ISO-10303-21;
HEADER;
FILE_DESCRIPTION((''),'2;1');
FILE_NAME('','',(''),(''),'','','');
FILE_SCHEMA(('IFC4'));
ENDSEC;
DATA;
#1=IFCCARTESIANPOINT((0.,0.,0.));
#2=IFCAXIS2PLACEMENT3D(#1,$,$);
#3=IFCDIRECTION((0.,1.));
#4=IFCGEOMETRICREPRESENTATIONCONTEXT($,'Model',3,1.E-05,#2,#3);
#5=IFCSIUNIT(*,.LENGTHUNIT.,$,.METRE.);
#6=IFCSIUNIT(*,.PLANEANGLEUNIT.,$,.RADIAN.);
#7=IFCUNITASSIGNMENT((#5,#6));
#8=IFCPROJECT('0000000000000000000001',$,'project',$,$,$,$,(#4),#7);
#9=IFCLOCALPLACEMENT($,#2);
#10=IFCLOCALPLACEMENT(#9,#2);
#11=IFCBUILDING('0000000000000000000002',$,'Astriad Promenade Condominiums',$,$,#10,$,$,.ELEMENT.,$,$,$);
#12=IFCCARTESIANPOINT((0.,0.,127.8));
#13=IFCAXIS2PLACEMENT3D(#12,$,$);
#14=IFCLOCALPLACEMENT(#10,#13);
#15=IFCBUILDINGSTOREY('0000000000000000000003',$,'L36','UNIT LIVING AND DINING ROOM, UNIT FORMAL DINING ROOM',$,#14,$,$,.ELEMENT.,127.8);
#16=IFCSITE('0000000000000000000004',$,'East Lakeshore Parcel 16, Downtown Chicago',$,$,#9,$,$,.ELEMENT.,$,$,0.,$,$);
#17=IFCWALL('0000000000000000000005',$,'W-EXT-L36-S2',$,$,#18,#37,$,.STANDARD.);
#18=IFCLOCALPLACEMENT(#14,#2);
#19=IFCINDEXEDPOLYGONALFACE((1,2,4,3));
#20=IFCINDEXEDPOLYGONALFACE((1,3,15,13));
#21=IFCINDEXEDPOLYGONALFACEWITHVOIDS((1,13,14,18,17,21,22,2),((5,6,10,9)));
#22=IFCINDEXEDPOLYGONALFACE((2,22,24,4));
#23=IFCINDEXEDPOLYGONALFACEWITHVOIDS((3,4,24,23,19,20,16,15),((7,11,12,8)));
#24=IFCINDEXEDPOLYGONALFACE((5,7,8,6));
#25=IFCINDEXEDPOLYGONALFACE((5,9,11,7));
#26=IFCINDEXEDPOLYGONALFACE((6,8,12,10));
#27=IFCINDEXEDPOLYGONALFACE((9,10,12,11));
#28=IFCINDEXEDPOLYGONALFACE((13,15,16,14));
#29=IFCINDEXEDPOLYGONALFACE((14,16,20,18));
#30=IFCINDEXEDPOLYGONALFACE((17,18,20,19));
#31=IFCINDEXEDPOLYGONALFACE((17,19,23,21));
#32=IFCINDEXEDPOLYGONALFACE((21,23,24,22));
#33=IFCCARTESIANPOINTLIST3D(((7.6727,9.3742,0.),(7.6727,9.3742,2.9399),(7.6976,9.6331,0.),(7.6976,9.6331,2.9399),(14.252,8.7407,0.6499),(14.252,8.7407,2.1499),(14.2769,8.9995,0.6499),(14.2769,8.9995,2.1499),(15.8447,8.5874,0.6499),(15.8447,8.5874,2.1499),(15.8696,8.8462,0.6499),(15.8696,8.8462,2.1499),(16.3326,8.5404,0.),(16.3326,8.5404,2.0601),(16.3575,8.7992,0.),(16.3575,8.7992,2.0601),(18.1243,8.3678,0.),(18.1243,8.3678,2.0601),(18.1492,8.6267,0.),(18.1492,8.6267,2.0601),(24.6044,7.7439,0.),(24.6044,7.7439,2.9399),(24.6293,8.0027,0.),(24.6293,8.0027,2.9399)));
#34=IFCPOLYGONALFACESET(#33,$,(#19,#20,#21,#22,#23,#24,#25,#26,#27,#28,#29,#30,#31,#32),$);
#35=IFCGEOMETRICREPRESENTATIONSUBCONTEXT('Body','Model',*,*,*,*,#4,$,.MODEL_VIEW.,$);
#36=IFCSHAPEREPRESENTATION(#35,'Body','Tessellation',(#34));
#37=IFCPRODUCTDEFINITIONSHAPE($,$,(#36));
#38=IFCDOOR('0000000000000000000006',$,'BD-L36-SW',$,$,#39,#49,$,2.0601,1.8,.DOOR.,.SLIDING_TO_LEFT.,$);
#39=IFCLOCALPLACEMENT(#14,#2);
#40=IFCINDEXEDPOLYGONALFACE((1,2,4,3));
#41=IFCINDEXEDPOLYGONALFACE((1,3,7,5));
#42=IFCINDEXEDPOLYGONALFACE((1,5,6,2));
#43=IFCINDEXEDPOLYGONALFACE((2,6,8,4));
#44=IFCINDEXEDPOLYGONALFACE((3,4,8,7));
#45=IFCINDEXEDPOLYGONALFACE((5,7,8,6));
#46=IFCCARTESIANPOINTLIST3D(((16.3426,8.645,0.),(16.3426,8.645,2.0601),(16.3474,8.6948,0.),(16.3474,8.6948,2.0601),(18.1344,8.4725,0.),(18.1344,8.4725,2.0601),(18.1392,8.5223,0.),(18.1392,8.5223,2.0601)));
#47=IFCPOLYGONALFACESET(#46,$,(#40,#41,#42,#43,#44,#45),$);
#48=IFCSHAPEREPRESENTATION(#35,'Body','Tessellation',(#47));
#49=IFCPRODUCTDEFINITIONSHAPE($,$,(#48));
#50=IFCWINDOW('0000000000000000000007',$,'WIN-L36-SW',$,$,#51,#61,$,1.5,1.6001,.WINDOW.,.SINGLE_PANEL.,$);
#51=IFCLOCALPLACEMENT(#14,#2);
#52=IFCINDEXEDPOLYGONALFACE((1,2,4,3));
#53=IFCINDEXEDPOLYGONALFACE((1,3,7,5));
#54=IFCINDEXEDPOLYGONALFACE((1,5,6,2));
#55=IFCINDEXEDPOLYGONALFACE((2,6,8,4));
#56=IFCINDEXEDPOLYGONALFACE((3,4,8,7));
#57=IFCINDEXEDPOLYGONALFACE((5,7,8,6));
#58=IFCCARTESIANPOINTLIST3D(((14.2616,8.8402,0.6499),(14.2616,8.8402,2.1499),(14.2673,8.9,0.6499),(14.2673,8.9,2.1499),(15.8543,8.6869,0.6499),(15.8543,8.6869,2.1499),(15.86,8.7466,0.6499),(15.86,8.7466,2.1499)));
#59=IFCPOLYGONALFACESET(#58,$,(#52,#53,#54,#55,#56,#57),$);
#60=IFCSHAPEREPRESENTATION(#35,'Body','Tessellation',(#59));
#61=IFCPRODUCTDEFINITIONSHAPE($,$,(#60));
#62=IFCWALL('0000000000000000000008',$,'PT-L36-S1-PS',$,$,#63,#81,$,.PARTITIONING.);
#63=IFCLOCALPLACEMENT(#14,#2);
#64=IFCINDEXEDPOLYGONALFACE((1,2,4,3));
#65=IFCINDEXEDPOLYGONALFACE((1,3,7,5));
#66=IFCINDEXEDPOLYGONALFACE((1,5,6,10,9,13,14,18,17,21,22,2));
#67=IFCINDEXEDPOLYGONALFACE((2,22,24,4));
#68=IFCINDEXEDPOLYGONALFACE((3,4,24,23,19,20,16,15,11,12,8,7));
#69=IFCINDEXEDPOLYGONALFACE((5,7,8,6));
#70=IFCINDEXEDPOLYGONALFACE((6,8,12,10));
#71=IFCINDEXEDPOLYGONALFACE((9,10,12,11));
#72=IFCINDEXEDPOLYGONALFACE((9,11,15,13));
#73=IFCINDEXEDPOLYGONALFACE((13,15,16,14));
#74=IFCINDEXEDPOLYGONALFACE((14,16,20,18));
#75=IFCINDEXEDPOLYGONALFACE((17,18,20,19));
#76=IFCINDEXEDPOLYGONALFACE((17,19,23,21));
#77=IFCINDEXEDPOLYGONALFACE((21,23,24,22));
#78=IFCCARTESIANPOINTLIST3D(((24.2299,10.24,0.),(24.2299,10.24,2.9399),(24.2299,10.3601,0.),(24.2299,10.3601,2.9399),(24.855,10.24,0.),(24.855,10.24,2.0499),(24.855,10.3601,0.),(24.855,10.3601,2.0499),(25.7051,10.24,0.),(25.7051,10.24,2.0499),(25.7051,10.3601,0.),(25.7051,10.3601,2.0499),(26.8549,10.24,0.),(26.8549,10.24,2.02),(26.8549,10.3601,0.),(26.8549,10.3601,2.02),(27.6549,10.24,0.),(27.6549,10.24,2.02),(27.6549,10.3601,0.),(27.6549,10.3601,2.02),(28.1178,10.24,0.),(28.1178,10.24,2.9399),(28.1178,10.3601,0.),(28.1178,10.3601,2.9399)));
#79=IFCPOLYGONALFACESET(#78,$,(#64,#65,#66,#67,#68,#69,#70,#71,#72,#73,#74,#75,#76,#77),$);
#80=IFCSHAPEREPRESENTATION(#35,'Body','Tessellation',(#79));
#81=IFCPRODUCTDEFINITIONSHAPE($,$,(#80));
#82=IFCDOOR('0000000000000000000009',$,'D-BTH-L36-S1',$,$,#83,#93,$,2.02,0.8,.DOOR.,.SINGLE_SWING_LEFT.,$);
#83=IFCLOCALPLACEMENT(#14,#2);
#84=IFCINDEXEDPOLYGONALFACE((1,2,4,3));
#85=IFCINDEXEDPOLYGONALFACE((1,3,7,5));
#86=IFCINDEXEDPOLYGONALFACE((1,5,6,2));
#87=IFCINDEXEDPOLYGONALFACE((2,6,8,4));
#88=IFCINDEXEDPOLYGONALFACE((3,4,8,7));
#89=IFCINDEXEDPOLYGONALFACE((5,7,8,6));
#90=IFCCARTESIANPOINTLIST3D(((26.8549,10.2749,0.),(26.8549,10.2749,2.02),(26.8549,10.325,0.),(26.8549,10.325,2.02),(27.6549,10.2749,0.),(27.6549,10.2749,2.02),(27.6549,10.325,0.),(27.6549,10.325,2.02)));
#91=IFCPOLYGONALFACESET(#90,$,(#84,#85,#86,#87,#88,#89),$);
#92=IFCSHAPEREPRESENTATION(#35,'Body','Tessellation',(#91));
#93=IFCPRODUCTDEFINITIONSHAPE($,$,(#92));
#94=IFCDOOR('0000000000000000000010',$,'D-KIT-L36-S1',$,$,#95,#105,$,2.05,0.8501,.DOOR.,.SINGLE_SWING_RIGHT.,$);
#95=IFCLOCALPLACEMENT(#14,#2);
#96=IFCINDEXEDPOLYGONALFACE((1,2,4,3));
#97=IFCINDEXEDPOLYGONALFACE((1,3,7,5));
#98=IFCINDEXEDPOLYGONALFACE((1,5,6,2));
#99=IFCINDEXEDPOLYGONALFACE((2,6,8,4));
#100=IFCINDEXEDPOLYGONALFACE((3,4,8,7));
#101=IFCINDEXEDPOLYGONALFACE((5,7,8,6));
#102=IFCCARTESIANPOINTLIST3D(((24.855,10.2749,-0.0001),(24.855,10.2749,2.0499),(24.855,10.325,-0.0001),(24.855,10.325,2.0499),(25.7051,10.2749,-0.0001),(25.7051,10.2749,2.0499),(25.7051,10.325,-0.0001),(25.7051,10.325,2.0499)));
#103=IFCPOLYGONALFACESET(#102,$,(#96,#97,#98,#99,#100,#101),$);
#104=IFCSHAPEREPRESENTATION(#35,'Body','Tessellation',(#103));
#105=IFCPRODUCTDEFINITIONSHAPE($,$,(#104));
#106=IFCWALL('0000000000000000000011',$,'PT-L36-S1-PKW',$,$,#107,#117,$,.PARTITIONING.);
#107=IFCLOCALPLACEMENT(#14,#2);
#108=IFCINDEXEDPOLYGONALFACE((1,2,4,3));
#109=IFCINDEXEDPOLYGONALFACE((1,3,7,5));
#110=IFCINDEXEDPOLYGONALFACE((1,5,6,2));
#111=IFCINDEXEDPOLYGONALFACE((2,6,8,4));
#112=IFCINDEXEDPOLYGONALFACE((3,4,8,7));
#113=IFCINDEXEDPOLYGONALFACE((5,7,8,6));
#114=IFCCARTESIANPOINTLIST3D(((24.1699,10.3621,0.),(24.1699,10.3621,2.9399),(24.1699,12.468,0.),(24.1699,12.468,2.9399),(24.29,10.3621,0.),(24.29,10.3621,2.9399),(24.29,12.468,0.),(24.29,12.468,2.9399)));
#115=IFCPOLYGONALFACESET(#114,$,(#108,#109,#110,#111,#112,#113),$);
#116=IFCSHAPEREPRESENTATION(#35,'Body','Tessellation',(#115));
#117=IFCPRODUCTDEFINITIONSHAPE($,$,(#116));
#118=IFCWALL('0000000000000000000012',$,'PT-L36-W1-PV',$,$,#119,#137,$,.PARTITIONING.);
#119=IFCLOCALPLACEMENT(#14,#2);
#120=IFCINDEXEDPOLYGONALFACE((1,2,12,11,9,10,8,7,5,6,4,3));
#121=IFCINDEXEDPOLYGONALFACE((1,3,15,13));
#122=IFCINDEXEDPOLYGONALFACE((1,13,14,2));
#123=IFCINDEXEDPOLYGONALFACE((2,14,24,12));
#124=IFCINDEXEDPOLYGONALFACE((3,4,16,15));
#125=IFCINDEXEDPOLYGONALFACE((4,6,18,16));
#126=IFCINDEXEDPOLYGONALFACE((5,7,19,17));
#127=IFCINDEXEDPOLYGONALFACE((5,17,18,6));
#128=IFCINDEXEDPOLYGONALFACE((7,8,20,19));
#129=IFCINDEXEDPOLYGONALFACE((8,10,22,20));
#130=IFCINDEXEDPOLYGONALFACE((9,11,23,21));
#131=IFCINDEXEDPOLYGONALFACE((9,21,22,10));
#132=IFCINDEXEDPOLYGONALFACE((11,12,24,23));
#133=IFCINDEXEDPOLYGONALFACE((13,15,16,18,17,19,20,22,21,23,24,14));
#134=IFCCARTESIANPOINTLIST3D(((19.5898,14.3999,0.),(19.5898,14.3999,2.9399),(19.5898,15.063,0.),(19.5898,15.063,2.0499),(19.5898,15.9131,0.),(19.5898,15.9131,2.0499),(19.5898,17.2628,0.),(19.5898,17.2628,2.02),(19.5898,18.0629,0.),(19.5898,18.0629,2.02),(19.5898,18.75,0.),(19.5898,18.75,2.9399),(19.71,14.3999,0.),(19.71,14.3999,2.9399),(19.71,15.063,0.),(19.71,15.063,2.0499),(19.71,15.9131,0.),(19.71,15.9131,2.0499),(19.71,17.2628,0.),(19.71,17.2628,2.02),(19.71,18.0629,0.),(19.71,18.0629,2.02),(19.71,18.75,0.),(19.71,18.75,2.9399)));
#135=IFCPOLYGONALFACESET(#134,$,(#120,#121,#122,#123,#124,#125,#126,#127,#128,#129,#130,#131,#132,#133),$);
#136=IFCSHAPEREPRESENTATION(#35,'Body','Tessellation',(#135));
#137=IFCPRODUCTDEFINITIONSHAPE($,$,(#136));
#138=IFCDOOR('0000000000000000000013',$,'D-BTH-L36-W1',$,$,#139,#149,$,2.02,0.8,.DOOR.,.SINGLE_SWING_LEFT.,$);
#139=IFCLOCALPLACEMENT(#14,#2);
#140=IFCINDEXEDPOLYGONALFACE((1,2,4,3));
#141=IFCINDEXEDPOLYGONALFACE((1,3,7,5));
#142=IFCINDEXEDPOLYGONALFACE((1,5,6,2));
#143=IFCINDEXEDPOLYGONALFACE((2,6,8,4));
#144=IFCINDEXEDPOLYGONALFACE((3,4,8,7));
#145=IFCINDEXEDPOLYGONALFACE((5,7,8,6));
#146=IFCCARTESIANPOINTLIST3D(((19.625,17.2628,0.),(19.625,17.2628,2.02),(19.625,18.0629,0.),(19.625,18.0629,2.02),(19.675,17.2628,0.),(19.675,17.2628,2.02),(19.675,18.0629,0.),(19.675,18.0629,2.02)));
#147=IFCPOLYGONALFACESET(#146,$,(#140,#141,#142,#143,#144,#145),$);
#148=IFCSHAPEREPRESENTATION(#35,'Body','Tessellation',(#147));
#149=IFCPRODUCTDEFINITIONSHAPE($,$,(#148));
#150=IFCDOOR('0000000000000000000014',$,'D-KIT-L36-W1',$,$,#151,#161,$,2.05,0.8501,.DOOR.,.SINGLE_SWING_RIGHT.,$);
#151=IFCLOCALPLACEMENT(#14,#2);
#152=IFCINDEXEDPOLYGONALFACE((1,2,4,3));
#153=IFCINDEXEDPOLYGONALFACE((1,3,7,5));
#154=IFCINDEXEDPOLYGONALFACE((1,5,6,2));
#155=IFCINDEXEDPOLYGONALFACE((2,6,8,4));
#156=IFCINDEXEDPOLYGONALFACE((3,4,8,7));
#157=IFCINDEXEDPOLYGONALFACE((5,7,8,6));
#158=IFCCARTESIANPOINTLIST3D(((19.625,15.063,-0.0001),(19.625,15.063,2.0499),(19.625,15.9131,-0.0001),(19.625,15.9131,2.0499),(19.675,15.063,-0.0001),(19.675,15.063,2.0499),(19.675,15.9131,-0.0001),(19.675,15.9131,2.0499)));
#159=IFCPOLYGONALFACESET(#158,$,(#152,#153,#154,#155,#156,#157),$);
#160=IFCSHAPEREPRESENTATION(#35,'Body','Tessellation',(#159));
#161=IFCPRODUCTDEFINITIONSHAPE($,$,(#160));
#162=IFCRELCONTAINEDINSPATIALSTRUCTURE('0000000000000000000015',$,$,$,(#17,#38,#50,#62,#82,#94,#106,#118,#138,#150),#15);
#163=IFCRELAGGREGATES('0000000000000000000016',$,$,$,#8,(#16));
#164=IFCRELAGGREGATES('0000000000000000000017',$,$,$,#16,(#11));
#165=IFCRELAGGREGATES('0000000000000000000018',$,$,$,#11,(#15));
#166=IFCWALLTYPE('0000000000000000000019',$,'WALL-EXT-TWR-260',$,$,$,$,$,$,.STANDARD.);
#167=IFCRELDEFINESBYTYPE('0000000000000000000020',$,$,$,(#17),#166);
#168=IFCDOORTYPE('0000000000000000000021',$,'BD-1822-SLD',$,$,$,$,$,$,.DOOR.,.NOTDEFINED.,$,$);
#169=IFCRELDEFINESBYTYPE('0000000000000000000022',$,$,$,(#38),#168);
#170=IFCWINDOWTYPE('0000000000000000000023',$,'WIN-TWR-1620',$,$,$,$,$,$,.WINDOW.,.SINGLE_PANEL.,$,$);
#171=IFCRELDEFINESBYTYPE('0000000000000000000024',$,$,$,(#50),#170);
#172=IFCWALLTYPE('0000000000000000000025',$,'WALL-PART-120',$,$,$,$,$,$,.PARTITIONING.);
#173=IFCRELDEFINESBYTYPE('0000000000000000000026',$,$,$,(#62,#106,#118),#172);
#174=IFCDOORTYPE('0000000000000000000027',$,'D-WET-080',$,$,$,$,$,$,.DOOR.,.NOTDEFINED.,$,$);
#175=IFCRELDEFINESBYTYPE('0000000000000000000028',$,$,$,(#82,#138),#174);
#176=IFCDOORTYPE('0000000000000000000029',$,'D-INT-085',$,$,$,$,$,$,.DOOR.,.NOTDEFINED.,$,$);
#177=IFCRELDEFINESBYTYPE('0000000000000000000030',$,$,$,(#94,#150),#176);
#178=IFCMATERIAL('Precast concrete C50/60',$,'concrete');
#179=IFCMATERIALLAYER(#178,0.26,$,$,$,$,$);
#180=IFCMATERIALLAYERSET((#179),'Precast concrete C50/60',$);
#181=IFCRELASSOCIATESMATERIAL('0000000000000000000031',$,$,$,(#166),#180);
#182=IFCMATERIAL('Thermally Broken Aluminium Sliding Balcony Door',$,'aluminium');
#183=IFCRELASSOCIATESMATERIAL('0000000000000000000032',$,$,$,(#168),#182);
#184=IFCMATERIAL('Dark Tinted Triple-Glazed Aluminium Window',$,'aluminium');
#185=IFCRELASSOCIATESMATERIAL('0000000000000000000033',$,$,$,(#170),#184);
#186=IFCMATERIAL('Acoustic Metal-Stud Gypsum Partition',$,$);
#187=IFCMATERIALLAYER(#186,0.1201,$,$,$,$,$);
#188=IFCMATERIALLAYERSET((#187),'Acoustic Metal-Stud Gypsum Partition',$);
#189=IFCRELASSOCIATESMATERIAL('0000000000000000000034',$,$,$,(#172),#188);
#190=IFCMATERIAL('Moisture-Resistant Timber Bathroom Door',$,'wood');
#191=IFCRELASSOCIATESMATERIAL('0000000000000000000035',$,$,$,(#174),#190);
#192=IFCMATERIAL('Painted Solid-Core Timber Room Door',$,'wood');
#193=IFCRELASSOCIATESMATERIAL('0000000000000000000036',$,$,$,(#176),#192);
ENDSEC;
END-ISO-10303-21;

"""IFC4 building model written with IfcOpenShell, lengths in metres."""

from ifc_helpers import new_model, si_unit, direction, frame, frame_2d, origin, place, context, subcontext, project, spatial, rectangle, extrude, source, transform, mapped, material, layer, layer_set, type_object, type_shapes, element, fill, save


model = new_model("IFC4")

# Units and contexts
model_context = context("Model", 3, precision=1e-05, world=origin(), true_north=direction((0.0, 1.0)))
body_context = subcontext(model_context, "Body", "Model", "MODEL_VIEW")
ifc_project = project(units=[si_unit("LENGTHUNIT", "METRE"), si_unit("PLANEANGLEUNIT", "RADIAN")], contexts=[model_context])

# Site, building, storey
site_placement = place(None, origin())
site = spatial("IfcSite", under=ifc_project, at=site_placement, Name="East Lakeshore Parcel 16, Downtown Chicago", CompositionType="ELEMENT", RefElevation=0.0)
building_placement = place(site_placement, origin())
building = spatial("IfcBuilding", under=site, at=building_placement, Name="Astriad Promenade Condominiums", CompositionType="ELEMENT")
storey_placement = place(building_placement, frame((0.0, 0.0, 127.8)))
storey = spatial("IfcBuildingStorey", under=building, at=storey_placement, Name="L36", Description="UNIT LIVING AND DINING ROOM, UNIT FORMAL DINING ROOM", CompositionType="ELEMENT", Elevation=127.8)

# Wall, openings, door, window
ifc_material_1 = material(Name="Precast concrete C50/60", Category="concrete")
ifc_layer_1 = layer(ifc_material_1, 0.26)
ifc_layer_set_1 = layer_set([ifc_layer_1], Name="Precast concrete C50/60")
wall_type_1 = type_object("IfcWallType", Name="WALL-EXT-TWR-260", PredefinedType="STANDARD", material=ifc_layer_set_1)
wall_1_placement = place(storey_placement, frame((24.6167, 7.8733, 0.0), z_axis=(0.0, 0.0, 1.0), x_axis=(-0.995396, 0.095848, 0.0)))
wall_1 = element("IfcWall", 1, at=wall_1_placement, inside=storey, type_object=wall_type_1, Name="W-EXT-L36-S2", PredefinedType="STANDARD", context=body_context, shape_type="SweptSolid", body=[
    extrude(rectangle(XDim=17.01, YDim=0.26, at=frame_2d((8.5049, 0.0))), origin(), (0.0, 0.0, 1.0), 2.9399),
])
opening_1_placement = place(wall_1_placement, frame((6.51, 0.0, 0.0)))
opening_1 = element("IfcOpeningElement", 2, at=opening_1_placement, cuts=wall_1, PredefinedType="OPENING", context=body_context, shape_type="SweptSolid", body=[
    extrude(rectangle(XDim=1.8, YDim=2.0601, at=frame_2d((0.8999, 1.03))), frame((0.0, 0.1399, 0.0), z_axis=(0.0, -1.0, 0.0), x_axis=(1.0, 0.0, 0.0)), (0.0, 0.0, 1.0), 0.28),
])
opening_2_placement = place(wall_1_placement, frame((8.8, 0.0, 0.6499)))
opening_2 = element("IfcOpeningElement", 3, at=opening_2_placement, cuts=wall_1, PredefinedType="OPENING", context=body_context, shape_type="SweptSolid", body=[
    extrude(rectangle(XDim=1.6001, YDim=1.5, at=frame_2d((0.8, 0.75))), frame((0.0, 0.1399, 0.0), z_axis=(0.0, -1.0, 0.0), x_axis=(1.0, 0.0, 0.0)), (0.0, 0.0, 1.0), 0.28),
])
ifc_material_2 = material(Name="Thermally Broken Aluminium Sliding Balcony Door", Category="aluminium")
door_type_1 = type_object("IfcDoorType", Name="BD-1822-SLD", OperationType="NOTDEFINED", PredefinedType="DOOR", material=ifc_material_2)
shared_shape_1 = source(origin(), body_context, "Body", "SweptSolid", [
    extrude(rectangle(XDim=1.8, YDim=2.0601, at=frame_2d((0.8999, 1.03))), frame((0.0, 0.0249, 0.0), z_axis=(0.0, -1.0, 0.0), x_axis=(1.0, 0.0, 0.0)), (0.0, 0.0, 1.0), 0.05),
])
type_shapes(door_type_1, [shared_shape_1])
door_1_placement = place(opening_1_placement, origin())
door_1 = element("IfcDoor", 4, at=door_1_placement, inside=storey, type_object=door_type_1, Name="BD-L36-SW", OperationType="SLIDING_TO_LEFT", OverallHeight=2.0601, OverallWidth=1.8, PredefinedType="DOOR", context=body_context, shape_type="MappedRepresentation", body=[
    mapped(shared_shape_1, transform((0.0, 0.0, 0.0), scale=1.0)),
])
fill(opening_1, door_1)
ifc_material_3 = material(Name="Dark Tinted Triple-Glazed Aluminium Window", Category="aluminium")
window_type = type_object("IfcWindowType", Name="WIN-TWR-1620", PartitioningType="SINGLE_PANEL", PredefinedType="WINDOW", material=ifc_material_3)
shared_shape_2 = source(origin(), body_context, "Body", "SweptSolid", [
    extrude(rectangle(XDim=1.6001, YDim=1.5, at=frame_2d((0.8, 0.75))), frame((0.0, 0.03, 0.0), z_axis=(0.0, -1.0, 0.0), x_axis=(1.0, 0.0, 0.0)), (0.0, 0.0, 1.0), 0.0601),
])
type_shapes(window_type, [shared_shape_2])
window_placement = place(opening_2_placement, origin())
window = element("IfcWindow", 5, at=window_placement, inside=storey, type_object=window_type, Name="WIN-L36-SW", OverallHeight=1.5, OverallWidth=1.6001, PartitioningType="SINGLE_PANEL", PredefinedType="WINDOW", context=body_context, shape_type="MappedRepresentation", body=[
    mapped(shared_shape_2, transform((0.0, 0.0, 0.0), scale=1.0)),
])
fill(opening_2, window)

# Wall, openings, doors
ifc_material_4 = material(Name="Acoustic Metal-Stud Gypsum Partition")
ifc_layer_2 = layer(ifc_material_4, 0.1201)
ifc_layer_set_2 = layer_set([ifc_layer_2], Name="Acoustic Metal-Stud Gypsum Partition")
wall_type_2 = type_object("IfcWallType", Name="WALL-PART-120", PredefinedType="PARTITIONING", material=ifc_layer_set_2)
wall_2_placement = place(storey_placement, frame((24.23, 10.3, 0.0), z_axis=(0.0, 0.0, 1.0), x_axis=(1.0, 0.0, 0.0)))
wall_2 = element("IfcWall", 6, at=wall_2_placement, inside=storey, type_object=wall_type_2, Name="PT-L36-S1-PS", PredefinedType="PARTITIONING", context=body_context, shape_type="SweptSolid", body=[
    extrude(rectangle(XDim=3.8879, YDim=0.1201, at=frame_2d((1.9438, 0.0))), origin(), (0.0, 0.0, 1.0), 2.9399),
])
opening_3_placement = place(wall_2_placement, frame((0.625, 0.0, 0.0)))
opening_3 = element("IfcOpeningElement", 7, at=opening_3_placement, cuts=wall_2, PredefinedType="OPENING", context=body_context, shape_type="SweptSolid", body=[
    extrude(rectangle(XDim=0.8501, YDim=2.05, at=frame_2d((0.425, 1.0249))), frame((0.0, 0.0701, 0.0), z_axis=(0.0, -1.0, 0.0), x_axis=(1.0, 0.0, 0.0)), (0.0, 0.0, 1.0), 0.1401),
])
opening_4_placement = place(wall_2_placement, frame((2.625, 0.0, 0.0)))
opening_4 = element("IfcOpeningElement", 8, at=opening_4_placement, cuts=wall_2, PredefinedType="OPENING", context=body_context, shape_type="SweptSolid", body=[
    extrude(rectangle(XDim=0.8, YDim=2.02, at=frame_2d((0.3999, 1.01))), frame((0.0, 0.0701, 0.0), z_axis=(0.0, -1.0, 0.0), x_axis=(1.0, 0.0, 0.0)), (0.0, 0.0, 1.0), 0.1401),
])
ifc_material_5 = material(Name="Moisture-Resistant Timber Bathroom Door", Category="wood")
door_type_2 = type_object("IfcDoorType", Name="D-WET-080", OperationType="NOTDEFINED", PredefinedType="DOOR", material=ifc_material_5)
shared_shape_3 = source(origin(), body_context, "Body", "SweptSolid", [
    extrude(rectangle(XDim=0.8, YDim=2.02, at=frame_2d((0.3999, 1.01))), frame((0.0, 0.0249, 0.0), z_axis=(0.0, -1.0, 0.0), x_axis=(1.0, 0.0, 0.0)), (0.0, 0.0, 1.0), 0.05),
])
type_shapes(door_type_2, [shared_shape_3])
door_2_placement = place(opening_4_placement, origin())
door_2 = element("IfcDoor", 9, at=door_2_placement, inside=storey, type_object=door_type_2, Name="D-BTH-L36-S1", OperationType="SINGLE_SWING_LEFT", OverallHeight=2.02, OverallWidth=0.8, PredefinedType="DOOR", context=body_context, shape_type="MappedRepresentation", body=[
    mapped(shared_shape_3, transform((0.0, 0.0, 0.0), scale=1.0)),
])
fill(opening_4, door_2)
ifc_material_6 = material(Name="Painted Solid-Core Timber Room Door", Category="wood")
door_type_3 = type_object("IfcDoorType", Name="D-INT-085", OperationType="NOTDEFINED", PredefinedType="DOOR", material=ifc_material_6)
shared_shape_4 = source(origin(), body_context, "Body", "SweptSolid", [
    extrude(rectangle(XDim=0.8501, YDim=2.05, at=frame_2d((0.425, 1.0249))), frame((0.0, 0.0249, 0.0), z_axis=(0.0, -1.0, 0.0), x_axis=(1.0, 0.0, 0.0)), (0.0, 0.0, 1.0), 0.05),
])
type_shapes(door_type_3, [shared_shape_4])
door_3_placement = place(opening_3_placement, origin())
door_3 = element("IfcDoor", 10, at=door_3_placement, inside=storey, type_object=door_type_3, Name="D-KIT-L36-S1", OperationType="SINGLE_SWING_RIGHT", OverallHeight=2.05, OverallWidth=0.8501, PredefinedType="DOOR", context=body_context, shape_type="MappedRepresentation", body=[
    mapped(shared_shape_4, transform((0.0, 0.0, 0.0), scale=1.0)),
])
fill(opening_3, door_3)

# Wall
wall_3_placement = place(storey_placement, frame((24.23, 10.3621, 0.0), z_axis=(0.0, 0.0, 1.0), x_axis=(0.0, 1.0, 0.0)))
element("IfcWall", 11, at=wall_3_placement, inside=storey, type_object=wall_type_2, Name="PT-L36-S1-PKW", PredefinedType="PARTITIONING", context=body_context, shape_type="SweptSolid", body=[
    extrude(rectangle(XDim=2.106, YDim=0.1201, at=frame_2d((1.053, 0.0))), origin(), (0.0, 0.0, 1.0), 2.9399),
])

# Wall, openings, doors
wall_4_placement = place(storey_placement, frame((19.6499, 14.3999, 0.0), z_axis=(0.0, 0.0, 1.0), x_axis=(0.0, 1.0, 0.0)))
wall_4 = element("IfcWall", 12, at=wall_4_placement, inside=storey, type_object=wall_type_2, Name="PT-L36-W1-PV", PredefinedType="PARTITIONING", context=body_context, shape_type="SweptSolid", body=[
    extrude(rectangle(XDim=4.3501, YDim=0.1201, at=frame_2d((2.175, 0.0))), origin(), (0.0, 0.0, 1.0), 2.9399),
])
opening_5_placement = place(wall_4_placement, frame((0.6631, 0.0, 0.0)))
opening_5 = element("IfcOpeningElement", 13, at=opening_5_placement, cuts=wall_4, PredefinedType="OPENING", context=body_context, shape_type="SweptSolid", body=[
    extrude(rectangle(XDim=0.8501, YDim=2.05, at=frame_2d((0.425, 1.0249))), frame((0.0, 0.0701, 0.0), z_axis=(0.0, -1.0, 0.0), x_axis=(1.0, 0.0, 0.0)), (0.0, 0.0, 1.0), 0.1401),
])
opening_6_placement = place(wall_4_placement, frame((2.863, 0.0, 0.0)))
opening_6 = element("IfcOpeningElement", 14, at=opening_6_placement, cuts=wall_4, PredefinedType="OPENING", context=body_context, shape_type="SweptSolid", body=[
    extrude(rectangle(XDim=0.8, YDim=2.02, at=frame_2d((0.3999, 1.01))), frame((0.0, 0.0701, 0.0), z_axis=(0.0, -1.0, 0.0), x_axis=(1.0, 0.0, 0.0)), (0.0, 0.0, 1.0), 0.1401),
])
door_4_placement = place(opening_6_placement, origin())
door_4 = element("IfcDoor", 15, at=door_4_placement, inside=storey, type_object=door_type_2, Name="D-BTH-L36-W1", OperationType="SINGLE_SWING_LEFT", OverallHeight=2.02, OverallWidth=0.8, PredefinedType="DOOR", context=body_context, shape_type="MappedRepresentation", body=[
    mapped(shared_shape_3, transform((0.0, 0.0, 0.0), scale=1.0)),
])
fill(opening_6, door_4)
door_5_placement = place(opening_5_placement, origin())
door_5 = element("IfcDoor", 16, at=door_5_placement, inside=storey, type_object=door_type_3, Name="D-KIT-L36-W1", OperationType="SINGLE_SWING_RIGHT", OverallHeight=2.05, OverallWidth=0.8501, PredefinedType="DOOR", context=body_context, shape_type="MappedRepresentation", body=[
    mapped(shared_shape_4, transform((0.0, 0.0, 0.0), scale=1.0)),
])
fill(opening_5, door_5)

save(model, "model.ifc")
